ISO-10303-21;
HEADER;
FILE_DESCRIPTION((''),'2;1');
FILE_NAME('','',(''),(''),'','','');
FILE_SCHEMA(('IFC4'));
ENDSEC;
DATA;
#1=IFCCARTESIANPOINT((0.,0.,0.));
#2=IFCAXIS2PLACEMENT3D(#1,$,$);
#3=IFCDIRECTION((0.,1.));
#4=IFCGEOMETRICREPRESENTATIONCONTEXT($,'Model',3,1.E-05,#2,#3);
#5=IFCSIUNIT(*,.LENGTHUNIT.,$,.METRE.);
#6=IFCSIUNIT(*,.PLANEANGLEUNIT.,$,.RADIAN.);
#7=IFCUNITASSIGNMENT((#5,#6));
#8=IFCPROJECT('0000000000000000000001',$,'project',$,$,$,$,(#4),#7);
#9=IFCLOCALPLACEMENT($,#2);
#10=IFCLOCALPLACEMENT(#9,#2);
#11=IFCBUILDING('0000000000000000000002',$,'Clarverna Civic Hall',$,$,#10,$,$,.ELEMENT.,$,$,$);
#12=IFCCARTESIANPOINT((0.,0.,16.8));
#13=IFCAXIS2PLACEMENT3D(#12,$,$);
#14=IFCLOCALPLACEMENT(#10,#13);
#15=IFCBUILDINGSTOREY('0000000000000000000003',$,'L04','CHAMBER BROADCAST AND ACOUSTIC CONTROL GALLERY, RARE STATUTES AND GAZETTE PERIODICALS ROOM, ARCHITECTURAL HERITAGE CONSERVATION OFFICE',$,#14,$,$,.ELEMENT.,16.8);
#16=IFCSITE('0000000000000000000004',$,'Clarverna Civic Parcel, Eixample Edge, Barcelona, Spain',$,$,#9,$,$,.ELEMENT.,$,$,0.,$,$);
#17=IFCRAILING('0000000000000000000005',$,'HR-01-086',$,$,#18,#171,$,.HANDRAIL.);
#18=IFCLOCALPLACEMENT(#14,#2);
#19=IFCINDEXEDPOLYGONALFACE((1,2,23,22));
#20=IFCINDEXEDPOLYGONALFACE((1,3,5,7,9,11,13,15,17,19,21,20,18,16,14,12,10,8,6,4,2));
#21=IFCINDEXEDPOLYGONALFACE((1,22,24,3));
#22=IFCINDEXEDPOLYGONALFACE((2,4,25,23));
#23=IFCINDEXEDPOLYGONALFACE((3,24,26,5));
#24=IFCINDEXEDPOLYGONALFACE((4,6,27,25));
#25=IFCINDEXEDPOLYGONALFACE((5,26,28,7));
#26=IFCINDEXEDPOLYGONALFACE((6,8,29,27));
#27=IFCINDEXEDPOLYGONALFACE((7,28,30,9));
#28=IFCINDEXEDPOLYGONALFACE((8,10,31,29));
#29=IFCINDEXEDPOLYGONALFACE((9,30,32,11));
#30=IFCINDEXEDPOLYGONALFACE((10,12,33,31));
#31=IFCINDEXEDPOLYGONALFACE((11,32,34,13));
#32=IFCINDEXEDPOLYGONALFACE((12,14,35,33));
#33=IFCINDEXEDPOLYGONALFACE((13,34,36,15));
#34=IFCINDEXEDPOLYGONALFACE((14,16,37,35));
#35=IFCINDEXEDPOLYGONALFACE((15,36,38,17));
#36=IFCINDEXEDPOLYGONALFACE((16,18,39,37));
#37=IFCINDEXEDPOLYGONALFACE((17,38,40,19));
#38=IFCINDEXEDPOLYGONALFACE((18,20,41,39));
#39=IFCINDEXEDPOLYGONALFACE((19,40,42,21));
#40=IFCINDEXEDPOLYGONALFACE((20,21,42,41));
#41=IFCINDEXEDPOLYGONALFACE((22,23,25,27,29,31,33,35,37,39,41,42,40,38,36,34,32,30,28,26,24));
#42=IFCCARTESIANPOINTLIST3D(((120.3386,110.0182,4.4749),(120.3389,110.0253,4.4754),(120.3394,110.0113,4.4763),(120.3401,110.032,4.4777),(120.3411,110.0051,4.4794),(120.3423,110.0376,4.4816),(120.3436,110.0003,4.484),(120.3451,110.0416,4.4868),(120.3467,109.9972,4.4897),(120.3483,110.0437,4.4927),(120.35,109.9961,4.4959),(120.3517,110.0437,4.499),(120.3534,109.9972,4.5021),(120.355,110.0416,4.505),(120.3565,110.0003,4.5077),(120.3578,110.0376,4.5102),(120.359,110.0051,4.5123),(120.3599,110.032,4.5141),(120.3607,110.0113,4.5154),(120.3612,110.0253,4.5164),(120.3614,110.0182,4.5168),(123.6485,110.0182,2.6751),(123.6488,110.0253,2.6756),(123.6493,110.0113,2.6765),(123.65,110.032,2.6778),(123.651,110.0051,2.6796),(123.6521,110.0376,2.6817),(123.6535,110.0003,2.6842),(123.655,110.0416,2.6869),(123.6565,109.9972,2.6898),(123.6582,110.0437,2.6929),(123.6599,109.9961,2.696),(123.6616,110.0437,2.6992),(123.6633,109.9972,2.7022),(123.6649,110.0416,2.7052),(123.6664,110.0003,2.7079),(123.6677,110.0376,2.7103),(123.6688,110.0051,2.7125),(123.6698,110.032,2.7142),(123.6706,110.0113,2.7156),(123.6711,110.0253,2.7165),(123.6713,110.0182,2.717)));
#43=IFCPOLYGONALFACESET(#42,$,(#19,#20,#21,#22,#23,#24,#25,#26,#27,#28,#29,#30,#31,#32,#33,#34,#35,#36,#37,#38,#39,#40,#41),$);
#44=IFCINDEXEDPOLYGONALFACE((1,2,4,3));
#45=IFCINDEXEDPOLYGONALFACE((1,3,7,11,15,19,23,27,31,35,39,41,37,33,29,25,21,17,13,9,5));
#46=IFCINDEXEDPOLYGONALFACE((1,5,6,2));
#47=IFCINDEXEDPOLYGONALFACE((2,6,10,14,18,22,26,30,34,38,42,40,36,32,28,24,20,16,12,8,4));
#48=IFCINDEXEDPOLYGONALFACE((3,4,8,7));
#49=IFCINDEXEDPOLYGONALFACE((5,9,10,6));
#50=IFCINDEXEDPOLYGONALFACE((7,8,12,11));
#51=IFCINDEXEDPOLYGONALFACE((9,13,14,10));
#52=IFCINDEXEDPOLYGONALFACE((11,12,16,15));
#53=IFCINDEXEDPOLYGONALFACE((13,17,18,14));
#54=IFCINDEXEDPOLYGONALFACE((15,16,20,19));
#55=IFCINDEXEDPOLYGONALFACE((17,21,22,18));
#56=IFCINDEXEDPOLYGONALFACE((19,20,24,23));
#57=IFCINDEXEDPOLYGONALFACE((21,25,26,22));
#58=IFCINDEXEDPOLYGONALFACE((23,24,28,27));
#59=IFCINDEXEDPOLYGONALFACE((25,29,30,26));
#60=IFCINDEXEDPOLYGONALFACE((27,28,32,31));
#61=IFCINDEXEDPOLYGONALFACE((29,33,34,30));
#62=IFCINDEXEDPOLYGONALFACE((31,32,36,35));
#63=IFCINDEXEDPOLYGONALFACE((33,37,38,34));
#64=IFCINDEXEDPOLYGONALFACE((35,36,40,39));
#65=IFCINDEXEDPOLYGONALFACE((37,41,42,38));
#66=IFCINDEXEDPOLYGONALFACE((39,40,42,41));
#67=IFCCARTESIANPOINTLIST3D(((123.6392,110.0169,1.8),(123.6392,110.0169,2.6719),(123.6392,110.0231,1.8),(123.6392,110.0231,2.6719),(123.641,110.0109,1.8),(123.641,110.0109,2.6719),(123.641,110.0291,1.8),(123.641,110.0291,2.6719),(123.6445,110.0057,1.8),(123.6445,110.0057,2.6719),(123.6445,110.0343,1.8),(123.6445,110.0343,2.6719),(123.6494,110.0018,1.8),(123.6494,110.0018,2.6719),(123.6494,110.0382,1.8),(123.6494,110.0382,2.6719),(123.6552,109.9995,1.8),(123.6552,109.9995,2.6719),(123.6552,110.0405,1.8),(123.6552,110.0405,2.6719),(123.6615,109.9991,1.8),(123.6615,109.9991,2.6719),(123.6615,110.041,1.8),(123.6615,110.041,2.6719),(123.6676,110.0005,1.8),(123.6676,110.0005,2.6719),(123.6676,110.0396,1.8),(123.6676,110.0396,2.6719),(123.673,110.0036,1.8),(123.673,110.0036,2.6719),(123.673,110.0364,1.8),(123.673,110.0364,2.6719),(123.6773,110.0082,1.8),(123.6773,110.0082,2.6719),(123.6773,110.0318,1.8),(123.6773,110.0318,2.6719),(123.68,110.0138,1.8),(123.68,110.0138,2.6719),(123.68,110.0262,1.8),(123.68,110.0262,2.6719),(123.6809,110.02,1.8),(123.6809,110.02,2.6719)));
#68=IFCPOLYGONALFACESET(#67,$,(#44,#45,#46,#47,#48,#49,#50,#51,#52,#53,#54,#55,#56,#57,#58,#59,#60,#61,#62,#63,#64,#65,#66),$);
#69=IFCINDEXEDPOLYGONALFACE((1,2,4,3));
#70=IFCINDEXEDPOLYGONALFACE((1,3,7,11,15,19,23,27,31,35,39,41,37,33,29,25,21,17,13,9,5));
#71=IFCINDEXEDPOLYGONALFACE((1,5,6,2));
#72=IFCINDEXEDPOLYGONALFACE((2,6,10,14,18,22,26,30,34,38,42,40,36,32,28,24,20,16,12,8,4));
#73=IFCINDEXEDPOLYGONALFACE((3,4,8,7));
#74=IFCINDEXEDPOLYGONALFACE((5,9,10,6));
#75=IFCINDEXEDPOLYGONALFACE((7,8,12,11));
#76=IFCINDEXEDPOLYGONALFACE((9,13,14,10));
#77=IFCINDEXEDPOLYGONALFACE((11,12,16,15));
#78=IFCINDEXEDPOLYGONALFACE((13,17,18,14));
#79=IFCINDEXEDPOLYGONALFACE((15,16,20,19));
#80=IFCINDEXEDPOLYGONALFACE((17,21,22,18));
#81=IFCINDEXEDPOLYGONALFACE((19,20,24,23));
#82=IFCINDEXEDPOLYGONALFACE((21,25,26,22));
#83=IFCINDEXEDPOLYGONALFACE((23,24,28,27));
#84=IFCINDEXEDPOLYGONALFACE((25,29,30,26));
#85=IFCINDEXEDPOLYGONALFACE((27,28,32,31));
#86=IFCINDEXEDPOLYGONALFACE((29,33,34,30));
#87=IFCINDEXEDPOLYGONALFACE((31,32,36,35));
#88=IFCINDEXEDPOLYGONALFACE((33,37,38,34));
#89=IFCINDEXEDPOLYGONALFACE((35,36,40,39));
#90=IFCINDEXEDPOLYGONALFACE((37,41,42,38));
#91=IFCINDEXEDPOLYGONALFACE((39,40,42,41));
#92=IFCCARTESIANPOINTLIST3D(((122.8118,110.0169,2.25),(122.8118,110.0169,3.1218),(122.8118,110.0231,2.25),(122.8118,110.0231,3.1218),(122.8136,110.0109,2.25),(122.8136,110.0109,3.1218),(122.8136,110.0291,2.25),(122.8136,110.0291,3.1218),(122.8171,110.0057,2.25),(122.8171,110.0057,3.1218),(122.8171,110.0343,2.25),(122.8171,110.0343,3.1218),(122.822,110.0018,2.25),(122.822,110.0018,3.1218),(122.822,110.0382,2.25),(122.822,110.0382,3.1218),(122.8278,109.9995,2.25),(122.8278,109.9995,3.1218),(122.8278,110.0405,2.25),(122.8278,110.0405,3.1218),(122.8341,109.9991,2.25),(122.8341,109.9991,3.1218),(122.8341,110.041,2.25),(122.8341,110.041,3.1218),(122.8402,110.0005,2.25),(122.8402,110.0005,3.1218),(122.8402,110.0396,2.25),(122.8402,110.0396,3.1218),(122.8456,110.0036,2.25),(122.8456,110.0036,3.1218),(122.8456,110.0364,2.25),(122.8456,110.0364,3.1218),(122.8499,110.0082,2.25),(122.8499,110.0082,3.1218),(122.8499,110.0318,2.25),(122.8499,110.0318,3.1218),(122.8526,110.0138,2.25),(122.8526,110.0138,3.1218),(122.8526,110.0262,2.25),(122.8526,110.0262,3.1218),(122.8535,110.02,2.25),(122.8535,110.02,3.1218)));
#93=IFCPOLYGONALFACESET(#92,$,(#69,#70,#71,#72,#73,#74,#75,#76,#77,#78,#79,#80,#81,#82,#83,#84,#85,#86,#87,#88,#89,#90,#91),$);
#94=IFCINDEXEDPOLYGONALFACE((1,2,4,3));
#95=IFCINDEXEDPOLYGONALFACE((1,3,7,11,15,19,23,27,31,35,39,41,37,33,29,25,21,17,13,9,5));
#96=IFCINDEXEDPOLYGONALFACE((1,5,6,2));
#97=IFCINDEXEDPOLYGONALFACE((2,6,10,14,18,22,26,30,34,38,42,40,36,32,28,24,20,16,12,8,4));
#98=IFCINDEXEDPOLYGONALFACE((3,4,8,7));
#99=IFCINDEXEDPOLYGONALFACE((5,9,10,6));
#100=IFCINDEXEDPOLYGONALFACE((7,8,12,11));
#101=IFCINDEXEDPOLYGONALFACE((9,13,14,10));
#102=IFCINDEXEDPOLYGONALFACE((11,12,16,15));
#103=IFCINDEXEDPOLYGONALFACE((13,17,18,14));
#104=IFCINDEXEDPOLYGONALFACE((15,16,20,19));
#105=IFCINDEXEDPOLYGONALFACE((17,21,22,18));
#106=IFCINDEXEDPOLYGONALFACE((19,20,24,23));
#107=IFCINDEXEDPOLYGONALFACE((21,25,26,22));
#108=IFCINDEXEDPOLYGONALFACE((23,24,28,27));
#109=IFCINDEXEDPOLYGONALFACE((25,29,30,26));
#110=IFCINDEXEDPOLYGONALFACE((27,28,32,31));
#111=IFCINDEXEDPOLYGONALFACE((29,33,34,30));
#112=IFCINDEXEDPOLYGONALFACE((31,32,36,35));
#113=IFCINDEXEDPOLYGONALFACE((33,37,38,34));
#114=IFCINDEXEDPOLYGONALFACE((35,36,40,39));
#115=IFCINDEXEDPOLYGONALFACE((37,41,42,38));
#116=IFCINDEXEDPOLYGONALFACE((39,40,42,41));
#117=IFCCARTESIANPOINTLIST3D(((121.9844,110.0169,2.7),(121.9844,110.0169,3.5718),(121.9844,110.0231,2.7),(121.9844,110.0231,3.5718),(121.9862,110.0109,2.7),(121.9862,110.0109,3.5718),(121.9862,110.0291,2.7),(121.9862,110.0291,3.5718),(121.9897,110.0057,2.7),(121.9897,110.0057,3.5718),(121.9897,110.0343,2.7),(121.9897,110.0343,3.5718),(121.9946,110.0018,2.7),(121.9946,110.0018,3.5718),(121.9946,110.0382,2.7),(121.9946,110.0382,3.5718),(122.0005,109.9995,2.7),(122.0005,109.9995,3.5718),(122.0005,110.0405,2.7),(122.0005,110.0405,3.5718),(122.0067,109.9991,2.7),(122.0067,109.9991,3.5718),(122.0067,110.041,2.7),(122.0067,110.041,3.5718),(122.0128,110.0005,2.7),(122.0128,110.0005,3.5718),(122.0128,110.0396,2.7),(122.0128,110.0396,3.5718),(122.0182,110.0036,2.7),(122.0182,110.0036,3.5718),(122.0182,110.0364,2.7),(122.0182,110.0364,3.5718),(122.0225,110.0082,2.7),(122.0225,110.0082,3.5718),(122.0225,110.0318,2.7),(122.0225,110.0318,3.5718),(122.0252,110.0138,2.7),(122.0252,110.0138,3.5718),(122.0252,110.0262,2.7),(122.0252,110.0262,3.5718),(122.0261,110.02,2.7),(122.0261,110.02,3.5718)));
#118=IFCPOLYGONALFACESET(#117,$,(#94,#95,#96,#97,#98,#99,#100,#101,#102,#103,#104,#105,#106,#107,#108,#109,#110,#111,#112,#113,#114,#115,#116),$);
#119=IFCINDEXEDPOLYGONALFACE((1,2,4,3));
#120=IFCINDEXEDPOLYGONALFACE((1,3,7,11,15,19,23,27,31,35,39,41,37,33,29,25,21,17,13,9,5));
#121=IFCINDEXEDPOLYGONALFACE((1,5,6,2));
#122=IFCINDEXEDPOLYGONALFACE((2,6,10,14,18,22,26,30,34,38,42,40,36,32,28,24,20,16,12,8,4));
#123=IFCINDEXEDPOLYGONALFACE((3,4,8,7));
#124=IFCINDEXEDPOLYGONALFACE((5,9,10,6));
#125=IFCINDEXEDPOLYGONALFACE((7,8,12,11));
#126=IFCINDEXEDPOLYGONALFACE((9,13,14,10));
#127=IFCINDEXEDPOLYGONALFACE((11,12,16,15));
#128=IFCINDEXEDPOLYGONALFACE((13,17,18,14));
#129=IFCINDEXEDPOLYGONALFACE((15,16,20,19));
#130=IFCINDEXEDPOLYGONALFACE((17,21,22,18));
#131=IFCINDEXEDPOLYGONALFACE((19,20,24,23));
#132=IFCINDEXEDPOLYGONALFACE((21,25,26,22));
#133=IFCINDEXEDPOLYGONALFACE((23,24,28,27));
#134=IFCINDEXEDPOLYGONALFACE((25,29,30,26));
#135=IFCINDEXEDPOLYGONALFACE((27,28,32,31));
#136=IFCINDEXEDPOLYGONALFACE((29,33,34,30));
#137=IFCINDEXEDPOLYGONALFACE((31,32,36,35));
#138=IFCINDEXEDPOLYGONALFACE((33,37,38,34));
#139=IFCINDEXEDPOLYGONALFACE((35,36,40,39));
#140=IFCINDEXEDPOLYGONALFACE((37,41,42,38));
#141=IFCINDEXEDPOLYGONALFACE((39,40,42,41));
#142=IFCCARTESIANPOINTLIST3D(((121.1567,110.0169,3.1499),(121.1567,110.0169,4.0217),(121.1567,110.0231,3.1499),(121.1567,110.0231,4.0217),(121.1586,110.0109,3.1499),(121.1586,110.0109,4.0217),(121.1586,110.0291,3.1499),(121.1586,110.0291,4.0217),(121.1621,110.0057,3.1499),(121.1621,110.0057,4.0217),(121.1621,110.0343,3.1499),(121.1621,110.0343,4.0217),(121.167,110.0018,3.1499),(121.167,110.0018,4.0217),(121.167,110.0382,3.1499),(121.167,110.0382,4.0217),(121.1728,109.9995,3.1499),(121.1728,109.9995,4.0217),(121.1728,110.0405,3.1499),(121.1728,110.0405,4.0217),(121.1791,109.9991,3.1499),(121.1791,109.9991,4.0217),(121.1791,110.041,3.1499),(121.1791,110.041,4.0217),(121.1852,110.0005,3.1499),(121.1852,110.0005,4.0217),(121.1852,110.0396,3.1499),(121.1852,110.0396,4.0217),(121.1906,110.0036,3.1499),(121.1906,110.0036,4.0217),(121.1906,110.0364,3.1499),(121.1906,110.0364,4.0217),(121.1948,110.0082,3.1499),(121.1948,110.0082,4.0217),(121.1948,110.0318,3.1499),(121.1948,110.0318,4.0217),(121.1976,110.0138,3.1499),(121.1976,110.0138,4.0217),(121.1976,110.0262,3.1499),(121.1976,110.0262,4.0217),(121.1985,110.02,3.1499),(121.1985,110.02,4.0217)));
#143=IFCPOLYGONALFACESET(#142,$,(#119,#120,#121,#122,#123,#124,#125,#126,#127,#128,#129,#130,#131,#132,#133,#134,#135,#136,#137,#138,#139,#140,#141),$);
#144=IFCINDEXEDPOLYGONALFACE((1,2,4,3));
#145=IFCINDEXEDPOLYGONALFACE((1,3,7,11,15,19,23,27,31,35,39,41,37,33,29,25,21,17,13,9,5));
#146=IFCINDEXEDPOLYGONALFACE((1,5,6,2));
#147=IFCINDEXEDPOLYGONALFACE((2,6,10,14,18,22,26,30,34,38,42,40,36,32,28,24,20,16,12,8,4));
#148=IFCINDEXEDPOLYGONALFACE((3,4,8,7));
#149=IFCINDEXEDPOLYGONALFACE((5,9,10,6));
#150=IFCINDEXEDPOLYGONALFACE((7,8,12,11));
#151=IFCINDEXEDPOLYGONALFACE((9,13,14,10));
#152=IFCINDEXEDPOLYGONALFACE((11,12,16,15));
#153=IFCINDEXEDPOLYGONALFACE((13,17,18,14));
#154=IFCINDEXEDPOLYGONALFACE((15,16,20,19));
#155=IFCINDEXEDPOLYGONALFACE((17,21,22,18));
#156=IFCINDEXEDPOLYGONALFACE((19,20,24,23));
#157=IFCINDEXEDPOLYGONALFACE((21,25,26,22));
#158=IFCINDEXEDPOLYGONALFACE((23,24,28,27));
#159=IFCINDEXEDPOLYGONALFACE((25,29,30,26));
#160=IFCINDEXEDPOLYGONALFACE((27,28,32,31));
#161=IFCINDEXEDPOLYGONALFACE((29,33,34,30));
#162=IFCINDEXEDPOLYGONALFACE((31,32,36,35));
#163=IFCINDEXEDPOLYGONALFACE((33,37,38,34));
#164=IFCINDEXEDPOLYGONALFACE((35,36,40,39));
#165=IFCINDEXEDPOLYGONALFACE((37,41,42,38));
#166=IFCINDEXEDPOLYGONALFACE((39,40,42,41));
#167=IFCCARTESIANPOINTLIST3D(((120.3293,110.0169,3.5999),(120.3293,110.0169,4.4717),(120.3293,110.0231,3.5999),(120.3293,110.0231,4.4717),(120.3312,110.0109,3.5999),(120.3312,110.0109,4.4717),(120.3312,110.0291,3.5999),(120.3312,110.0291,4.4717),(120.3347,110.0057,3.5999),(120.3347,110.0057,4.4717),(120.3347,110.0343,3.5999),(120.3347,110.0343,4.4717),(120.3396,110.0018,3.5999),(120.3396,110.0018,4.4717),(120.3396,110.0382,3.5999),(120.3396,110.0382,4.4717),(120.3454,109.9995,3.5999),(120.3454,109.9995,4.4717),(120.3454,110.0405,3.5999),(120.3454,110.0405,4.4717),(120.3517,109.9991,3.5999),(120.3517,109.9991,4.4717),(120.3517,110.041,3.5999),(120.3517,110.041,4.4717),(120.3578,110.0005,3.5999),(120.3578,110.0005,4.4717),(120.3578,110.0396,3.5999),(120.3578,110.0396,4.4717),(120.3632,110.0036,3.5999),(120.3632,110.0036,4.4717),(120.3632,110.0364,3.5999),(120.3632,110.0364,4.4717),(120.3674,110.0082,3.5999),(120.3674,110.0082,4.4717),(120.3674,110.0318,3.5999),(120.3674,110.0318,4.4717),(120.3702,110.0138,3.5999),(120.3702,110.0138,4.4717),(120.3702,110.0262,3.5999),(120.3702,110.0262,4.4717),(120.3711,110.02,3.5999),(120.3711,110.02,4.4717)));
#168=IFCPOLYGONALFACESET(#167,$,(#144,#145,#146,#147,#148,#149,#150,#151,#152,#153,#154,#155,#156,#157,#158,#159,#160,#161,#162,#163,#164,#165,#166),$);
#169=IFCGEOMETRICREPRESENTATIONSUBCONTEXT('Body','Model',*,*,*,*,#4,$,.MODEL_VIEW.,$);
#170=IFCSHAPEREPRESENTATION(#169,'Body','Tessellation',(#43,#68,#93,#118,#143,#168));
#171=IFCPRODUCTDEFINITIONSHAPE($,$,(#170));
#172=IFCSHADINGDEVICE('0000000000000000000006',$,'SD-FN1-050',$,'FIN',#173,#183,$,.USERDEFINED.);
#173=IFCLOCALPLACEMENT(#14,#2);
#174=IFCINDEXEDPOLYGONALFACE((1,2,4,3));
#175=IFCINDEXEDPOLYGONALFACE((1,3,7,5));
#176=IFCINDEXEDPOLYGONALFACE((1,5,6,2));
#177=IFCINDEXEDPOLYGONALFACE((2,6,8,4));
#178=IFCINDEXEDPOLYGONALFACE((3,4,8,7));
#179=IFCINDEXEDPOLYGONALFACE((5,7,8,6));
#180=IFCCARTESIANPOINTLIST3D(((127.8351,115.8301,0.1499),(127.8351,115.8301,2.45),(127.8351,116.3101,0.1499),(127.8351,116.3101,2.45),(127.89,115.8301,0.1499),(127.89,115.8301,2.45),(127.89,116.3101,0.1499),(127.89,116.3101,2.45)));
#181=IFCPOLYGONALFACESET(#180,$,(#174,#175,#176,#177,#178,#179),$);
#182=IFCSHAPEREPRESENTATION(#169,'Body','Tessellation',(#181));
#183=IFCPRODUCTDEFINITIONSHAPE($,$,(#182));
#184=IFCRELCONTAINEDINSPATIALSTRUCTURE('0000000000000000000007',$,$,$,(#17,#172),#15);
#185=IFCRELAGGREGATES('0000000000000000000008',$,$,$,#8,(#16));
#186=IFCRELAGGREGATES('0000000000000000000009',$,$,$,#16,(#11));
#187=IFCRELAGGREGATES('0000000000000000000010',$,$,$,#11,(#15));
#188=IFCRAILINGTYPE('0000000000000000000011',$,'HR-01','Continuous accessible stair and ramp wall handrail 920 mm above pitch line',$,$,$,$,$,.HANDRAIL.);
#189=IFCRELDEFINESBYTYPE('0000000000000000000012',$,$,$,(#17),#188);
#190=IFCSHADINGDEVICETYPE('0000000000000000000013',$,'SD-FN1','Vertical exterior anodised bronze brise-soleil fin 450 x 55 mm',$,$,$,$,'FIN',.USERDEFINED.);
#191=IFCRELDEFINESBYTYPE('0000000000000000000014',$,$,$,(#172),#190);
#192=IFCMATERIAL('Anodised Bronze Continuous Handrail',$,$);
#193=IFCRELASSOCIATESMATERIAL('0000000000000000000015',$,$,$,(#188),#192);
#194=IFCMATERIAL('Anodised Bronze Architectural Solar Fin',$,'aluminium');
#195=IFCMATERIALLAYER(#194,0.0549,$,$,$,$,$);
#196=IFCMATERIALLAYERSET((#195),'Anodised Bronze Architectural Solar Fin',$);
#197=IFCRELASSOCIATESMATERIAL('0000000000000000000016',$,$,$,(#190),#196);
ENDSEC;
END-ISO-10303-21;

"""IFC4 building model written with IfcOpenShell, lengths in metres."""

from ifc_helpers import new_model, si_unit, direction, frame, frame_2d, origin, origin_2d, place, context, subcontext, project, spatial, rectangle, circle, extrude, material, layer, layer_set, type_object, element, save


model = new_model("IFC4")

# Units and contexts
model_context = context("Model", 3, precision=1e-05, world=origin(), true_north=direction((0.0, 1.0)))
body_context = subcontext(model_context, "Body", "Model", "MODEL_VIEW")
ifc_project = project(units=[si_unit("LENGTHUNIT", "METRE"), si_unit("PLANEANGLEUNIT", "RADIAN")], contexts=[model_context])

# Site, building, storey
site_placement = place(None, origin())
site = spatial("IfcSite", under=ifc_project, at=site_placement, Name="Clarverna Civic Parcel, Eixample Edge, Barcelona, Spain", CompositionType="ELEMENT", RefElevation=0.0)
building_placement = place(site_placement, origin())
building = spatial("IfcBuilding", under=site, at=building_placement, Name="Clarverna Civic Hall", CompositionType="ELEMENT")
storey_placement = place(building_placement, frame((0.0, 0.0, 16.8)))
storey = spatial("IfcBuildingStorey", under=building, at=storey_placement, Name="L04", Description="CHAMBER BROADCAST AND ACOUSTIC CONTROL GALLERY, RARE STATUTES AND GAZETTE PERIODICALS ROOM, ARCHITECTURAL HERITAGE CONSERVATION OFFICE", CompositionType="ELEMENT", Elevation=16.8)

# Railing
ifc_material_1 = material(Name="Anodised Bronze Continuous Handrail")
railing_type_1 = type_object("IfcRailingType", Name="HR-01", Description="Continuous accessible stair and ramp wall handrail 920 mm above pitch line", PredefinedType="HANDRAIL", material=ifc_material_1)
railing_1_placement = place(storey_placement, frame((123.6599, 110.02, 1.8)))
element("IfcRailing", 1, at=railing_1_placement, inside=storey, type_object=railing_type_1, Name="HR-01-086", PredefinedType="HANDRAIL", context=body_context, shape_type="SweptSolid", body=[
    extrude(circle(Radius=0.0239, at=origin_2d()), frame((0.0, 0.0, 0.896), z_axis=(-0.878514, 0.0, 0.477717), x_axis=(0.0, -1.0, 0.0)), (0.0, 0.0, 1.0), 3.7676),
    extrude(circle(Radius=0.021, at=origin_2d()), origin(), (0.0, 0.0, 1.0), 0.8718),
    extrude(circle(Radius=0.021, at=origin_2d()), frame((-0.8274, 0.0, 0.45)), (0.0, 0.0, 1.0), 0.8718),
    extrude(circle(Radius=0.021, at=origin_2d()), frame((-1.6548, 0.0, 0.8999)), (0.0, 0.0, 1.0), 0.8718),
    extrude(circle(Radius=0.021, at=origin_2d()), frame((-2.4824, 0.0, 1.3499)), (0.0, 0.0, 1.0), 0.8718),
    extrude(circle(Radius=0.021, at=origin_2d()), frame((-3.3098, 0.0, 1.7998)), (0.0, 0.0, 1.0), 0.8718),
])

# Shading device
ifc_material_2 = material(Name="Anodised Bronze Architectural Solar Fin", Category="aluminium")
ifc_layer_1 = layer(ifc_material_2, 0.0549)
ifc_layer_set_1 = layer_set([ifc_layer_1], Name="Anodised Bronze Architectural Solar Fin")
shading_device_type = type_object("IfcShadingDeviceType", Name="SD-FN1", Description="Vertical exterior anodised bronze brise-soleil fin 450 x 55 mm", ElementType="FIN", PredefinedType="USERDEFINED", material=ifc_layer_set_1)
shading_device_placement = place(storey_placement, frame((127.8625, 115.8301, 0.1499), z_axis=(0.0, 0.0, 1.0), x_axis=(0.0, 1.0, 0.0)))
element("IfcShadingDevice", 2, at=shading_device_placement, inside=storey, type_object=shading_device_type, Name="SD-FN1-050", ObjectType="FIN", PredefinedType="USERDEFINED", context=body_context, shape_type="SweptSolid", body=[
    extrude(rectangle(XDim=0.48, YDim=0.0549, at=frame_2d((0.24, 0.0))), origin(), (0.0, 0.0, 1.0), 2.3),
])

save(model, "model.ifc")
